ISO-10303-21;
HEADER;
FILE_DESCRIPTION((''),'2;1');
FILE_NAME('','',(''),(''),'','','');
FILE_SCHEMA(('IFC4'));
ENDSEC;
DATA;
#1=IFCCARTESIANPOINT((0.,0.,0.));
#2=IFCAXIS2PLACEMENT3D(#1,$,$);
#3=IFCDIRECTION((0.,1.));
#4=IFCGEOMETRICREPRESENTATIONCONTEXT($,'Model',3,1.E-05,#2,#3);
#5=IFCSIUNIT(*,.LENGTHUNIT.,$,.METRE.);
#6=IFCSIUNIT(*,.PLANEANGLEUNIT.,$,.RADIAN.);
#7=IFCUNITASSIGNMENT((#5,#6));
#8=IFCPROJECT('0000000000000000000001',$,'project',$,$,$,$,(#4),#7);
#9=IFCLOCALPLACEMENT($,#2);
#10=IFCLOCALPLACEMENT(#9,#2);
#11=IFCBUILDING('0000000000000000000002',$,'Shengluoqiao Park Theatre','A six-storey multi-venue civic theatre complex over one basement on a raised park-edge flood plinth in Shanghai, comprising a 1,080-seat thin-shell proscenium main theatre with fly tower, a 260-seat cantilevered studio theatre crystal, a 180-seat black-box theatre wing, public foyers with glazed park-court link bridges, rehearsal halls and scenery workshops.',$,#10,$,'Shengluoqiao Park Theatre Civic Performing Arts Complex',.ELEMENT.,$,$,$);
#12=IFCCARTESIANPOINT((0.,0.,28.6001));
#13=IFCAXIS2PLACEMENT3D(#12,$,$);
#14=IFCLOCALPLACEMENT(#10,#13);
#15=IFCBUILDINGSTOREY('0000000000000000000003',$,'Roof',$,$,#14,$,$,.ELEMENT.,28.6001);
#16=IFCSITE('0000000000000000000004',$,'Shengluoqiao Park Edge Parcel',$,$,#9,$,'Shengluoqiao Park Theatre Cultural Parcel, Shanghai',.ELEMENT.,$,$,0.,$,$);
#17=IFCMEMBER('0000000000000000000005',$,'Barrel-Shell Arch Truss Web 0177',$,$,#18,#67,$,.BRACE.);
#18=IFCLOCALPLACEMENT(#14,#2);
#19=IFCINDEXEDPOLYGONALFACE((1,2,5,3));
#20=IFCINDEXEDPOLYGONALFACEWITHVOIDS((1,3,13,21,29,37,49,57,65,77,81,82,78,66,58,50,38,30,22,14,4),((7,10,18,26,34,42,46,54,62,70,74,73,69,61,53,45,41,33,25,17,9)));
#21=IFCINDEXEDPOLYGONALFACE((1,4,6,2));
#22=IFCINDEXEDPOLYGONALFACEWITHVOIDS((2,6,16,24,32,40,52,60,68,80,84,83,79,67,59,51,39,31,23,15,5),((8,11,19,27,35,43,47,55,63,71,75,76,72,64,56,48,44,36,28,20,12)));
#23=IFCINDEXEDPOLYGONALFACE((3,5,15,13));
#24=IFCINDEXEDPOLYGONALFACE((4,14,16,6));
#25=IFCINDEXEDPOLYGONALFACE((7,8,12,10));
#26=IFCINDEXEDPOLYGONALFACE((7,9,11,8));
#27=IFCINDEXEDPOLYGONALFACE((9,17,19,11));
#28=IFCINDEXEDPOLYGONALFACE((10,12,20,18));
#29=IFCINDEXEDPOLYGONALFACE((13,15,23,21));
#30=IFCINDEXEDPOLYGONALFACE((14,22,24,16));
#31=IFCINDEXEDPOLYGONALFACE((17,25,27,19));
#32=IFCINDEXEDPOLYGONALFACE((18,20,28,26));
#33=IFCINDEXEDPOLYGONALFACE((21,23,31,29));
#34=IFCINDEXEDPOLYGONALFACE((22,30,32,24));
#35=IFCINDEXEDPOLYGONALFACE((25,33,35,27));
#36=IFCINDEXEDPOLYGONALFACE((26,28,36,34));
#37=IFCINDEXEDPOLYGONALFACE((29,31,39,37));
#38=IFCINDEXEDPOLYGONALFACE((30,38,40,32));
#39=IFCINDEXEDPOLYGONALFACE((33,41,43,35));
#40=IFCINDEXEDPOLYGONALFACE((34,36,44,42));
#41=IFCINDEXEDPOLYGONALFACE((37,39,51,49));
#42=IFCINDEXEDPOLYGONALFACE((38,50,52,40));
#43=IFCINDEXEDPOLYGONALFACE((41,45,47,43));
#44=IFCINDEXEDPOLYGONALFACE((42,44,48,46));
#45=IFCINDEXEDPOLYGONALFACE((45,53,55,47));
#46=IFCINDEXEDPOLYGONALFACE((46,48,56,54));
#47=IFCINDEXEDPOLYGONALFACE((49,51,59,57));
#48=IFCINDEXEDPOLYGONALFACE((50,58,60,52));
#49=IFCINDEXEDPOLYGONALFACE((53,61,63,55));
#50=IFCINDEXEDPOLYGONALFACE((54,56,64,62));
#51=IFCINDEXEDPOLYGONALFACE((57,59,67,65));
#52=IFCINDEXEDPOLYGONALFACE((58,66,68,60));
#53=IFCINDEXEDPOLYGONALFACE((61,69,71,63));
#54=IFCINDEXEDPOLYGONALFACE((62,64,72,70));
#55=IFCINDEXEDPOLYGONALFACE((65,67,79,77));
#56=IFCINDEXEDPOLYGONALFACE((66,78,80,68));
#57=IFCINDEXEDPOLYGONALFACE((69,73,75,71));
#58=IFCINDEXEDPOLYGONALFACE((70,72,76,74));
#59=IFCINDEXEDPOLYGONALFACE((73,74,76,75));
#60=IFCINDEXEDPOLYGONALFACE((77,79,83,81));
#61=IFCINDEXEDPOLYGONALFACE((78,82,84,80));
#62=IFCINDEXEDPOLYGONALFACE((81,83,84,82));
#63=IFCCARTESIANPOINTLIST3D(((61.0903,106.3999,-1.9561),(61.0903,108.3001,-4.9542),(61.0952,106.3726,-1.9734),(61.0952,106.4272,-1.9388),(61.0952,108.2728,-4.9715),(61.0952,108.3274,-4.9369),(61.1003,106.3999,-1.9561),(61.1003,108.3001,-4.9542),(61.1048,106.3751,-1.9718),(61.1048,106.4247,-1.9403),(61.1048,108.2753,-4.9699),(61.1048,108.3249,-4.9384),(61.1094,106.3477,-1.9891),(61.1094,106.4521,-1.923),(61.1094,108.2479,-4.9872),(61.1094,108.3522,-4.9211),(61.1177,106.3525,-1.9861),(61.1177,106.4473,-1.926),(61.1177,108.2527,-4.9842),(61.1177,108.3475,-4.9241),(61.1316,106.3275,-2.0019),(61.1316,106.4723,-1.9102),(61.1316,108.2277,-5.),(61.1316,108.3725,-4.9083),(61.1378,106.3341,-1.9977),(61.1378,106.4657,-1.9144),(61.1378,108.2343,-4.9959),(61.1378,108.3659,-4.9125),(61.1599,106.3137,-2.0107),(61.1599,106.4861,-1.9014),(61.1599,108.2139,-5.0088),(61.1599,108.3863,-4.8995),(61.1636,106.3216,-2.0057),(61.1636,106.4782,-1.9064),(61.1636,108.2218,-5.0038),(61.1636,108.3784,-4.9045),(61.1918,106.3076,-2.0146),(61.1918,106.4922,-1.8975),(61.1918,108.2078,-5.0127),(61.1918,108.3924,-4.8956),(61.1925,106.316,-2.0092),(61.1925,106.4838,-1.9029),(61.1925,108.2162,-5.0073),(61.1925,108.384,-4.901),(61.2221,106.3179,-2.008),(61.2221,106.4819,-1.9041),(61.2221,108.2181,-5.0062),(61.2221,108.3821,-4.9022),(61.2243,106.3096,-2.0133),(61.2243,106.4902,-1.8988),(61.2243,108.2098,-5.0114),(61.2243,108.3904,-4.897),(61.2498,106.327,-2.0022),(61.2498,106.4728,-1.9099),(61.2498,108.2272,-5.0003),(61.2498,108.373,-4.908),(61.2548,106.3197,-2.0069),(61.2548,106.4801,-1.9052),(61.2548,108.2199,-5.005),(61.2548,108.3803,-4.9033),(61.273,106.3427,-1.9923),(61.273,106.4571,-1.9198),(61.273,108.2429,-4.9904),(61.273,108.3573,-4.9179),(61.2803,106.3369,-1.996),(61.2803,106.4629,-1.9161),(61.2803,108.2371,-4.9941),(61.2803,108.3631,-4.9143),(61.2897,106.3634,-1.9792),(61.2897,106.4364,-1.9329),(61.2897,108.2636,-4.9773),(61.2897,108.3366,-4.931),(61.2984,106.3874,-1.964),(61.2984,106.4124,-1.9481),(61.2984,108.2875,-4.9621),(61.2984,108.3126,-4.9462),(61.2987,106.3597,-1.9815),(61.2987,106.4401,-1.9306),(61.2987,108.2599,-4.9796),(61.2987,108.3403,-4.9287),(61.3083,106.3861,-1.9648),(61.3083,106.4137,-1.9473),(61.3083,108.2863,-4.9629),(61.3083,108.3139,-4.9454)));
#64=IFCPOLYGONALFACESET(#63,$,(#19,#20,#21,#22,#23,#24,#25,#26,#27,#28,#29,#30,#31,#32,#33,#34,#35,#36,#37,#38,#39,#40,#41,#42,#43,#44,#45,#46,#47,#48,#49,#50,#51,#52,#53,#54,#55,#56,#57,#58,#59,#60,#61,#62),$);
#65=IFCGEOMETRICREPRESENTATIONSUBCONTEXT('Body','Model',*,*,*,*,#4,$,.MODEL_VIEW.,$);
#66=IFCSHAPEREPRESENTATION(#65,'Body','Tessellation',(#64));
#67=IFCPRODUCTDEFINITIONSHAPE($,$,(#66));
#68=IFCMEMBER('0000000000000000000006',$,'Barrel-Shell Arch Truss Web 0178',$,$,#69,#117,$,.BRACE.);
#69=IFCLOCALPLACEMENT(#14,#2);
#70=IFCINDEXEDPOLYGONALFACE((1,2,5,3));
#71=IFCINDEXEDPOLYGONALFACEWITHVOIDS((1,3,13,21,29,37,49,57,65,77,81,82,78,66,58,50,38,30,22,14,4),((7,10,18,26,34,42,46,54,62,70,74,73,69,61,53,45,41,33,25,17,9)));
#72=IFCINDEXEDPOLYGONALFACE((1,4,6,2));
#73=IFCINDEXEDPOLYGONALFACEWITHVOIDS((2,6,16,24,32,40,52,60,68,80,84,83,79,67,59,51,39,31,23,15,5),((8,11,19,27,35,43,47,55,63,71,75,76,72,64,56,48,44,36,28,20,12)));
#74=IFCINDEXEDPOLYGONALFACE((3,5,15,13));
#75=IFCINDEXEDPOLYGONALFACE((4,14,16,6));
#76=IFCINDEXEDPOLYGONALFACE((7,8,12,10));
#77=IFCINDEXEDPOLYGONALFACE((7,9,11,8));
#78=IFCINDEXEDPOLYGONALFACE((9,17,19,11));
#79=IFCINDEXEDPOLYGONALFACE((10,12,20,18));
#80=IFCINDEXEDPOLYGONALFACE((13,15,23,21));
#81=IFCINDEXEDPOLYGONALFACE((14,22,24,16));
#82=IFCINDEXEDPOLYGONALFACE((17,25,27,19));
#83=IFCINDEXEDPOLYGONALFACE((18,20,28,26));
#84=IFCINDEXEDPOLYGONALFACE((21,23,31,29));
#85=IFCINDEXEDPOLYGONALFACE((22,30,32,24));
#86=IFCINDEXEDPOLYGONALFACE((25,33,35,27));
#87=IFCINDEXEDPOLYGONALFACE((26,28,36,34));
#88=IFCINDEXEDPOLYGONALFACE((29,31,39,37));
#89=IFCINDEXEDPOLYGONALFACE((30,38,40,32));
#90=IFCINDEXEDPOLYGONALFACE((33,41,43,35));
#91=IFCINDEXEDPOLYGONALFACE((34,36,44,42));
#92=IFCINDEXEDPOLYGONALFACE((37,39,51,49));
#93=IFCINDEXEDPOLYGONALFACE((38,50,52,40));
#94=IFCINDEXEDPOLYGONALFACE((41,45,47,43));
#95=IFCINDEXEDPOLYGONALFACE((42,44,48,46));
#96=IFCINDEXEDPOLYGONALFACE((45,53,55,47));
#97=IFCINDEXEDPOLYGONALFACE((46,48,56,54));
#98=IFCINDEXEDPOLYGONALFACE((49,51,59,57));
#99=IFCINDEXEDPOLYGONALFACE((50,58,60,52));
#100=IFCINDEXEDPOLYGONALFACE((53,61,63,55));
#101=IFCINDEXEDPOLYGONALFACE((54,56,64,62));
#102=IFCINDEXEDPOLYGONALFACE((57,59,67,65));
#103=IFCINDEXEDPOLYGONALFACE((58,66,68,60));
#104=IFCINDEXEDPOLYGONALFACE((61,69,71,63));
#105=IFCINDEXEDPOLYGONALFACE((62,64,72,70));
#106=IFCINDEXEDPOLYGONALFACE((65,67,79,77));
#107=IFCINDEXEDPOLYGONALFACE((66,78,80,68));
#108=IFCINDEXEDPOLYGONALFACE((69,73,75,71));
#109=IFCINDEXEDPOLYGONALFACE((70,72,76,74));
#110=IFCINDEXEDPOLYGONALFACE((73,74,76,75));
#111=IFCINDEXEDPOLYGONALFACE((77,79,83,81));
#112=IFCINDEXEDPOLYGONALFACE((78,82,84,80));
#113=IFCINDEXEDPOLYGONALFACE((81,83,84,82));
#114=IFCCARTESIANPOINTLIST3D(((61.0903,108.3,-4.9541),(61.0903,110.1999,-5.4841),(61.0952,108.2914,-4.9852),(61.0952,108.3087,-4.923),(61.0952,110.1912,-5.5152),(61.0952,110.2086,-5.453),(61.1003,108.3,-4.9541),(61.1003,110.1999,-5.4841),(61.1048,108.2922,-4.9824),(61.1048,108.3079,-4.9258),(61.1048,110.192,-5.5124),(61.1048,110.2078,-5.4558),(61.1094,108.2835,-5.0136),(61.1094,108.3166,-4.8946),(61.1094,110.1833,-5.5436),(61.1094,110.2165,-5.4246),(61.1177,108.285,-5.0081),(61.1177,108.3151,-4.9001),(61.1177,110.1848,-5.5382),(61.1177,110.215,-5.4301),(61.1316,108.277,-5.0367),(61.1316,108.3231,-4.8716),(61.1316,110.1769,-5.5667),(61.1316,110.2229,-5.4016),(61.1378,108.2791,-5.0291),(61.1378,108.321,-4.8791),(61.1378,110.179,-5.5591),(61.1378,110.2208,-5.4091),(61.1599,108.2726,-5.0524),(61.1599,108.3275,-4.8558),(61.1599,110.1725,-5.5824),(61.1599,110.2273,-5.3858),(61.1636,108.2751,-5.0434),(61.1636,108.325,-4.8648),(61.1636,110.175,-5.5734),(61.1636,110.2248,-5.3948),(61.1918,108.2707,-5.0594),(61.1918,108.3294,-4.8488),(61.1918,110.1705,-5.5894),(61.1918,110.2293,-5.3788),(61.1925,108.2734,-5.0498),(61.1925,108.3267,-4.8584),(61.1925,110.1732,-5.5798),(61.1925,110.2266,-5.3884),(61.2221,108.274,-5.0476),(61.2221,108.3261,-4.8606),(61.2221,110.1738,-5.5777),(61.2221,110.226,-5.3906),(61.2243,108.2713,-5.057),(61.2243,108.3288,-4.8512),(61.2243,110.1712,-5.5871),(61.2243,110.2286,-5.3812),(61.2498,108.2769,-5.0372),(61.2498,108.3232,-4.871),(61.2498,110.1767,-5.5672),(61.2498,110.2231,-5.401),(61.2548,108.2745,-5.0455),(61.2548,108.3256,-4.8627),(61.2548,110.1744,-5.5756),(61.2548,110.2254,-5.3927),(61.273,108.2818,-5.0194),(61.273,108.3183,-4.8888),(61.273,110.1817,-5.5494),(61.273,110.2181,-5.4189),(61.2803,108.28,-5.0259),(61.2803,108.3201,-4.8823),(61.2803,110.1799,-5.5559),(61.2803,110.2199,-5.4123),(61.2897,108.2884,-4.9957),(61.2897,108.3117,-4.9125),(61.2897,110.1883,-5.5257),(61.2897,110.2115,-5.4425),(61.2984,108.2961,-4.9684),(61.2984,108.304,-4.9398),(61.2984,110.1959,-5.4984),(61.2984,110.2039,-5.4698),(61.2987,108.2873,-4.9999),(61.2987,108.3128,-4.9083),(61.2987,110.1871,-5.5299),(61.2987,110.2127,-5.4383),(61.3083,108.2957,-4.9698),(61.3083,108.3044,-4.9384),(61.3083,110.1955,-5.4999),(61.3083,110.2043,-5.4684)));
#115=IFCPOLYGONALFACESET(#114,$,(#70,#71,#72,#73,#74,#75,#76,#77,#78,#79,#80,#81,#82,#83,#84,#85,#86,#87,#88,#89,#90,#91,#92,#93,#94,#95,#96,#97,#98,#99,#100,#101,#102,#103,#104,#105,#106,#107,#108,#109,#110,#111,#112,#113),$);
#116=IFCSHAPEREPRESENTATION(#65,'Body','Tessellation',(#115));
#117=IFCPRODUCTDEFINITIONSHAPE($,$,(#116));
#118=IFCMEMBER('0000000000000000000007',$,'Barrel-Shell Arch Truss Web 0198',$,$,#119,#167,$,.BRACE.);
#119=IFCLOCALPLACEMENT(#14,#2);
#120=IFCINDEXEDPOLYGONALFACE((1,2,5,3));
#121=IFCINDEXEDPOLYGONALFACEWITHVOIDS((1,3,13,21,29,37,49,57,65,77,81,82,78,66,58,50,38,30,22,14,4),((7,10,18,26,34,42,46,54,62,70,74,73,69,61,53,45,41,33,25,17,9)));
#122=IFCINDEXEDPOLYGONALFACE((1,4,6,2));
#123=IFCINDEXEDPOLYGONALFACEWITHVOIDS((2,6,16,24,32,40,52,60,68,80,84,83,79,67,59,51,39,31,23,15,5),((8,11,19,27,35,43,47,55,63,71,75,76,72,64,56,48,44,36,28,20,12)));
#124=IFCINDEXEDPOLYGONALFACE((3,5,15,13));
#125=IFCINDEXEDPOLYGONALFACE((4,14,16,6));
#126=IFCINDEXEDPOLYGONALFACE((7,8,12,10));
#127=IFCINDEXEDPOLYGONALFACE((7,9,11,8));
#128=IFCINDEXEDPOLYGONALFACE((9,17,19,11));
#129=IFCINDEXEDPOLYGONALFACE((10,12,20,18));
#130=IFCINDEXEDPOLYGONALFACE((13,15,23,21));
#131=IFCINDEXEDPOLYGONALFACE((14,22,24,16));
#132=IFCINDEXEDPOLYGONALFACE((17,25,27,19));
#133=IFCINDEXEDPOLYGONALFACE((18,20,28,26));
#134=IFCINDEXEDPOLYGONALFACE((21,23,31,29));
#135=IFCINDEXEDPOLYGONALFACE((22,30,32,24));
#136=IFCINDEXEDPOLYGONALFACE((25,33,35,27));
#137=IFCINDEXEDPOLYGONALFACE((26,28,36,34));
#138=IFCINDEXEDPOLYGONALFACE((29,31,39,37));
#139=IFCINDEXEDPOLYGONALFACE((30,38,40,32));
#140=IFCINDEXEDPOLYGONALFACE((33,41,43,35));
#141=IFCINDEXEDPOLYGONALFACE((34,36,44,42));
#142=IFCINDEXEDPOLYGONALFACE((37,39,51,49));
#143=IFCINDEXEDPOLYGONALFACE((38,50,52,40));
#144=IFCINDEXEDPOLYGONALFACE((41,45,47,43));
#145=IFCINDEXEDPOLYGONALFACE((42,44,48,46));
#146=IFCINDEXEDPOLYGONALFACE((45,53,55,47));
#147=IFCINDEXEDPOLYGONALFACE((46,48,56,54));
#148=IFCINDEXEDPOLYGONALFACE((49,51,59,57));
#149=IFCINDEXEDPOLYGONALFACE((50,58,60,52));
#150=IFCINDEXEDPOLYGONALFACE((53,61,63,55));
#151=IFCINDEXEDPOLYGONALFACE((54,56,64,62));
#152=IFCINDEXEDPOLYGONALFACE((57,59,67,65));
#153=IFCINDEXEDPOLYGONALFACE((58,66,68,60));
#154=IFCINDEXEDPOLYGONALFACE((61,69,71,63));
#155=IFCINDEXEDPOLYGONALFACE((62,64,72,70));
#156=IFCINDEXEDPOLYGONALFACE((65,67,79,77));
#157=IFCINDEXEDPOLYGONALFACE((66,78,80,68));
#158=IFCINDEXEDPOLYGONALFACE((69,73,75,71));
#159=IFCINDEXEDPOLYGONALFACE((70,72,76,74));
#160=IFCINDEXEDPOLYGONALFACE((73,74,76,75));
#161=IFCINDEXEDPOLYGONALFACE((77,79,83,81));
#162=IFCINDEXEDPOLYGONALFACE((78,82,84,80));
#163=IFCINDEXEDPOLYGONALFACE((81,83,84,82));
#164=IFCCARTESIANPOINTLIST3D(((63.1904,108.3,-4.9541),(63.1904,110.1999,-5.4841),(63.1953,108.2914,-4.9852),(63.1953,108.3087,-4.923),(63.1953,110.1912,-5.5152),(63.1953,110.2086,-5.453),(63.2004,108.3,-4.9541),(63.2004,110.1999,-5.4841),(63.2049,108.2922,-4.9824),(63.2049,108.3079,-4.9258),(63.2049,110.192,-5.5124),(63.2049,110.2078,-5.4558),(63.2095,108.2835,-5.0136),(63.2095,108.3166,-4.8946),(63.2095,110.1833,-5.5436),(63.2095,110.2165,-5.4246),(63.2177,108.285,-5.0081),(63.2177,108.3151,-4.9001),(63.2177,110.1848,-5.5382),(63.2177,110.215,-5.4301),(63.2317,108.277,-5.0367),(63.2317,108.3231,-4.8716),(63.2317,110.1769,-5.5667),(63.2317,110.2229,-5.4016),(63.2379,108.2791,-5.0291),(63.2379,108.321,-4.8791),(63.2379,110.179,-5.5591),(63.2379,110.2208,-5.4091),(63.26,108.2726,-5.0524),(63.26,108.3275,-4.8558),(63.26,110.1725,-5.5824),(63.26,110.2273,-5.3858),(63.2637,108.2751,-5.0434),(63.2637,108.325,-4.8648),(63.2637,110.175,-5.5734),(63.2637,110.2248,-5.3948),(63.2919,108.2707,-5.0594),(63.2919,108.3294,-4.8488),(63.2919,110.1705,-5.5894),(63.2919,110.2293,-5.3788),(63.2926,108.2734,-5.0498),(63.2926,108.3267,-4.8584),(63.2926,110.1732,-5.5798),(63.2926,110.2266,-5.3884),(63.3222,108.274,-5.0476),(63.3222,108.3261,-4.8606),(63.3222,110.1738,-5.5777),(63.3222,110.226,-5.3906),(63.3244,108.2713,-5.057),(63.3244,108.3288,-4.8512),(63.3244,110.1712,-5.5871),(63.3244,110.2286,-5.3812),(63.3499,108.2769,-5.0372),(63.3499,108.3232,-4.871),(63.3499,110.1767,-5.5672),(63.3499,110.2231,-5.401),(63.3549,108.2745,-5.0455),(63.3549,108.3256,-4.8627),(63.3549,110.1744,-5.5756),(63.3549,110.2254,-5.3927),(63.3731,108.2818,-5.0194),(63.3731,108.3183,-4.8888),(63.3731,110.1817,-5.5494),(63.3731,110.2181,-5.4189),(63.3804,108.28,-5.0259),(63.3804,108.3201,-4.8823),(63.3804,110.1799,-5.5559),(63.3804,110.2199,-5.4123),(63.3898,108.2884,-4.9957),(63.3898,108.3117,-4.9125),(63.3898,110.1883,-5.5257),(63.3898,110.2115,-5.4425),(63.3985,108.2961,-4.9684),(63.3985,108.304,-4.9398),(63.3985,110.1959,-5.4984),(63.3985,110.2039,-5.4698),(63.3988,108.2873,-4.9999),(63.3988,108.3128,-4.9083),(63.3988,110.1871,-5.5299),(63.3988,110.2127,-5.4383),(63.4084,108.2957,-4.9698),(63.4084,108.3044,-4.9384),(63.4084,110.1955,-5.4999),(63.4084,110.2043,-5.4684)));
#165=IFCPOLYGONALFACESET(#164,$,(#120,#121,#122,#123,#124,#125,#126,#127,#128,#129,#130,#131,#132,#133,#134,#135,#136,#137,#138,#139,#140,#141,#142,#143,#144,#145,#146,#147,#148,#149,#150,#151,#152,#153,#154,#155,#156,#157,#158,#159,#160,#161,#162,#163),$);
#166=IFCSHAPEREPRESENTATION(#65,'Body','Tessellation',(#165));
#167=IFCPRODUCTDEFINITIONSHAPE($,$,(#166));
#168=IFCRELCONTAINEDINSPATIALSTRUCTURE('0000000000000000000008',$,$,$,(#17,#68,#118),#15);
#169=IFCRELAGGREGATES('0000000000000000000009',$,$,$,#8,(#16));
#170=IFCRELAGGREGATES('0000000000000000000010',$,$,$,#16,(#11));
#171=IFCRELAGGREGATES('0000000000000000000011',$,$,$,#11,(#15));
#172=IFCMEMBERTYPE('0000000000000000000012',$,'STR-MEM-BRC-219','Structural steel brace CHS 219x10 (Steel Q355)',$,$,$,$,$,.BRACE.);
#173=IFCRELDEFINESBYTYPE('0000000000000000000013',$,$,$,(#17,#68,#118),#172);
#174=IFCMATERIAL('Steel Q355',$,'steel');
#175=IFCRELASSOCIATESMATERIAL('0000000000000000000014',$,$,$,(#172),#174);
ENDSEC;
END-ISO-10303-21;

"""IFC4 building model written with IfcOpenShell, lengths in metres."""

from ifc_helpers import new_model, si_unit, direction, frame, origin, origin_2d, place, context, subcontext, project, spatial, hollow_circle, extrude, material, material_profile, profile_set, type_object, element, save


model = new_model("IFC4")

# Units and contexts
model_context = context("Model", 3, precision=1e-05, world=origin(), true_north=direction((0.0, 1.0)))
body_context = subcontext(model_context, "Body", "Model", "MODEL_VIEW")
ifc_project = project(units=[si_unit("LENGTHUNIT", "METRE"), si_unit("PLANEANGLEUNIT", "RADIAN")], contexts=[model_context])

# Site, building, storey
site_placement = place(None, origin())
site = spatial("IfcSite", under=ifc_project, at=site_placement, Name="Shengluoqiao Park Edge Parcel", LongName="Shengluoqiao Park Theatre Cultural Parcel, Shanghai", CompositionType="ELEMENT", RefElevation=0.0)
building_placement = place(site_placement, origin())
building = spatial("IfcBuilding", under=site, at=building_placement, Name="Shengluoqiao Park Theatre", Description="A six-storey multi-venue civic theatre complex over one basement on a raised park-edge flood plinth in Shanghai, comprising a 1,080-seat thin-shell proscenium main theatre with fly tower, a 260-seat cantilevered studio theatre crystal, a 180-seat black-box theatre wing, public foyers with glazed park-court link bridges, rehearsal halls and scenery workshops.", LongName="Shengluoqiao Park Theatre Civic Performing Arts Complex", CompositionType="ELEMENT")
storey_placement = place(building_placement, frame((0.0, 0.0, 28.6001)))
storey = spatial("IfcBuildingStorey", under=building, at=storey_placement, Name="Roof", CompositionType="ELEMENT", Elevation=28.6001)

# Shared definitions
ifc_material_1 = material(Name="Steel Q355", Category="steel")

# Members
ifc_material_profile_1 = material_profile(ifc_material_1, hollow_circle(Radius=0.1096, WallThickness=0.01, at=origin_2d()), Name="CHS 219x10")
ifc_profile_set_1 = profile_set([ifc_material_profile_1], Name="Steel Q355")
member_type_1 = type_object("IfcMemberType", Name="STR-MEM-BRC-219", Description="Structural steel brace CHS 219x10 (Steel Q355)", PredefinedType="BRACE", material=ifc_profile_set_1)
member_1_placement = place(storey_placement, frame((61.2, 106.3999, -1.9561), z_axis=(0.0, 0.53533, -0.844643), x_axis=(-1.0, 0.0, 0.0)))
element("IfcMember", 1, at=member_1_placement, inside=storey, type_object=member_type_1, Name="Barrel-Shell Arch Truss Web 0177", PredefinedType="BRACE", context=body_context, shape_type="SweptSolid", body=[
    extrude(hollow_circle(Radius=0.1096, WallThickness=0.01, at=origin_2d()), origin(), (0.0, 0.0, 1.0), 3.5496),
])
for number, where, z_axis, x_axis, name in (
    (2, (61.2, 108.3, -4.9541), (0.0, 0.963219, -0.268716), (-1.0, 0.0, 0.0), "Barrel-Shell Arch Truss Web 0178"),
    (3, (63.3, 108.3, -4.9541), (0.0, 0.963219, -0.268716), (-1.0, 0.0, 0.0), "Barrel-Shell Arch Truss Web 0198"),
):
    element("IfcMember", number, at=place(storey_placement, frame(where, z_axis=z_axis, x_axis=x_axis)), inside=storey, type_object=member_type_1, Name=name, PredefinedType="BRACE", context=body_context, shape_type="SweptSolid", body=[
        extrude(hollow_circle(Radius=0.1096, WallThickness=0.01, at=origin_2d()), origin(), (0.0, 0.0, 1.0), 1.9724),
    ])

save(model, "model.ifc")
